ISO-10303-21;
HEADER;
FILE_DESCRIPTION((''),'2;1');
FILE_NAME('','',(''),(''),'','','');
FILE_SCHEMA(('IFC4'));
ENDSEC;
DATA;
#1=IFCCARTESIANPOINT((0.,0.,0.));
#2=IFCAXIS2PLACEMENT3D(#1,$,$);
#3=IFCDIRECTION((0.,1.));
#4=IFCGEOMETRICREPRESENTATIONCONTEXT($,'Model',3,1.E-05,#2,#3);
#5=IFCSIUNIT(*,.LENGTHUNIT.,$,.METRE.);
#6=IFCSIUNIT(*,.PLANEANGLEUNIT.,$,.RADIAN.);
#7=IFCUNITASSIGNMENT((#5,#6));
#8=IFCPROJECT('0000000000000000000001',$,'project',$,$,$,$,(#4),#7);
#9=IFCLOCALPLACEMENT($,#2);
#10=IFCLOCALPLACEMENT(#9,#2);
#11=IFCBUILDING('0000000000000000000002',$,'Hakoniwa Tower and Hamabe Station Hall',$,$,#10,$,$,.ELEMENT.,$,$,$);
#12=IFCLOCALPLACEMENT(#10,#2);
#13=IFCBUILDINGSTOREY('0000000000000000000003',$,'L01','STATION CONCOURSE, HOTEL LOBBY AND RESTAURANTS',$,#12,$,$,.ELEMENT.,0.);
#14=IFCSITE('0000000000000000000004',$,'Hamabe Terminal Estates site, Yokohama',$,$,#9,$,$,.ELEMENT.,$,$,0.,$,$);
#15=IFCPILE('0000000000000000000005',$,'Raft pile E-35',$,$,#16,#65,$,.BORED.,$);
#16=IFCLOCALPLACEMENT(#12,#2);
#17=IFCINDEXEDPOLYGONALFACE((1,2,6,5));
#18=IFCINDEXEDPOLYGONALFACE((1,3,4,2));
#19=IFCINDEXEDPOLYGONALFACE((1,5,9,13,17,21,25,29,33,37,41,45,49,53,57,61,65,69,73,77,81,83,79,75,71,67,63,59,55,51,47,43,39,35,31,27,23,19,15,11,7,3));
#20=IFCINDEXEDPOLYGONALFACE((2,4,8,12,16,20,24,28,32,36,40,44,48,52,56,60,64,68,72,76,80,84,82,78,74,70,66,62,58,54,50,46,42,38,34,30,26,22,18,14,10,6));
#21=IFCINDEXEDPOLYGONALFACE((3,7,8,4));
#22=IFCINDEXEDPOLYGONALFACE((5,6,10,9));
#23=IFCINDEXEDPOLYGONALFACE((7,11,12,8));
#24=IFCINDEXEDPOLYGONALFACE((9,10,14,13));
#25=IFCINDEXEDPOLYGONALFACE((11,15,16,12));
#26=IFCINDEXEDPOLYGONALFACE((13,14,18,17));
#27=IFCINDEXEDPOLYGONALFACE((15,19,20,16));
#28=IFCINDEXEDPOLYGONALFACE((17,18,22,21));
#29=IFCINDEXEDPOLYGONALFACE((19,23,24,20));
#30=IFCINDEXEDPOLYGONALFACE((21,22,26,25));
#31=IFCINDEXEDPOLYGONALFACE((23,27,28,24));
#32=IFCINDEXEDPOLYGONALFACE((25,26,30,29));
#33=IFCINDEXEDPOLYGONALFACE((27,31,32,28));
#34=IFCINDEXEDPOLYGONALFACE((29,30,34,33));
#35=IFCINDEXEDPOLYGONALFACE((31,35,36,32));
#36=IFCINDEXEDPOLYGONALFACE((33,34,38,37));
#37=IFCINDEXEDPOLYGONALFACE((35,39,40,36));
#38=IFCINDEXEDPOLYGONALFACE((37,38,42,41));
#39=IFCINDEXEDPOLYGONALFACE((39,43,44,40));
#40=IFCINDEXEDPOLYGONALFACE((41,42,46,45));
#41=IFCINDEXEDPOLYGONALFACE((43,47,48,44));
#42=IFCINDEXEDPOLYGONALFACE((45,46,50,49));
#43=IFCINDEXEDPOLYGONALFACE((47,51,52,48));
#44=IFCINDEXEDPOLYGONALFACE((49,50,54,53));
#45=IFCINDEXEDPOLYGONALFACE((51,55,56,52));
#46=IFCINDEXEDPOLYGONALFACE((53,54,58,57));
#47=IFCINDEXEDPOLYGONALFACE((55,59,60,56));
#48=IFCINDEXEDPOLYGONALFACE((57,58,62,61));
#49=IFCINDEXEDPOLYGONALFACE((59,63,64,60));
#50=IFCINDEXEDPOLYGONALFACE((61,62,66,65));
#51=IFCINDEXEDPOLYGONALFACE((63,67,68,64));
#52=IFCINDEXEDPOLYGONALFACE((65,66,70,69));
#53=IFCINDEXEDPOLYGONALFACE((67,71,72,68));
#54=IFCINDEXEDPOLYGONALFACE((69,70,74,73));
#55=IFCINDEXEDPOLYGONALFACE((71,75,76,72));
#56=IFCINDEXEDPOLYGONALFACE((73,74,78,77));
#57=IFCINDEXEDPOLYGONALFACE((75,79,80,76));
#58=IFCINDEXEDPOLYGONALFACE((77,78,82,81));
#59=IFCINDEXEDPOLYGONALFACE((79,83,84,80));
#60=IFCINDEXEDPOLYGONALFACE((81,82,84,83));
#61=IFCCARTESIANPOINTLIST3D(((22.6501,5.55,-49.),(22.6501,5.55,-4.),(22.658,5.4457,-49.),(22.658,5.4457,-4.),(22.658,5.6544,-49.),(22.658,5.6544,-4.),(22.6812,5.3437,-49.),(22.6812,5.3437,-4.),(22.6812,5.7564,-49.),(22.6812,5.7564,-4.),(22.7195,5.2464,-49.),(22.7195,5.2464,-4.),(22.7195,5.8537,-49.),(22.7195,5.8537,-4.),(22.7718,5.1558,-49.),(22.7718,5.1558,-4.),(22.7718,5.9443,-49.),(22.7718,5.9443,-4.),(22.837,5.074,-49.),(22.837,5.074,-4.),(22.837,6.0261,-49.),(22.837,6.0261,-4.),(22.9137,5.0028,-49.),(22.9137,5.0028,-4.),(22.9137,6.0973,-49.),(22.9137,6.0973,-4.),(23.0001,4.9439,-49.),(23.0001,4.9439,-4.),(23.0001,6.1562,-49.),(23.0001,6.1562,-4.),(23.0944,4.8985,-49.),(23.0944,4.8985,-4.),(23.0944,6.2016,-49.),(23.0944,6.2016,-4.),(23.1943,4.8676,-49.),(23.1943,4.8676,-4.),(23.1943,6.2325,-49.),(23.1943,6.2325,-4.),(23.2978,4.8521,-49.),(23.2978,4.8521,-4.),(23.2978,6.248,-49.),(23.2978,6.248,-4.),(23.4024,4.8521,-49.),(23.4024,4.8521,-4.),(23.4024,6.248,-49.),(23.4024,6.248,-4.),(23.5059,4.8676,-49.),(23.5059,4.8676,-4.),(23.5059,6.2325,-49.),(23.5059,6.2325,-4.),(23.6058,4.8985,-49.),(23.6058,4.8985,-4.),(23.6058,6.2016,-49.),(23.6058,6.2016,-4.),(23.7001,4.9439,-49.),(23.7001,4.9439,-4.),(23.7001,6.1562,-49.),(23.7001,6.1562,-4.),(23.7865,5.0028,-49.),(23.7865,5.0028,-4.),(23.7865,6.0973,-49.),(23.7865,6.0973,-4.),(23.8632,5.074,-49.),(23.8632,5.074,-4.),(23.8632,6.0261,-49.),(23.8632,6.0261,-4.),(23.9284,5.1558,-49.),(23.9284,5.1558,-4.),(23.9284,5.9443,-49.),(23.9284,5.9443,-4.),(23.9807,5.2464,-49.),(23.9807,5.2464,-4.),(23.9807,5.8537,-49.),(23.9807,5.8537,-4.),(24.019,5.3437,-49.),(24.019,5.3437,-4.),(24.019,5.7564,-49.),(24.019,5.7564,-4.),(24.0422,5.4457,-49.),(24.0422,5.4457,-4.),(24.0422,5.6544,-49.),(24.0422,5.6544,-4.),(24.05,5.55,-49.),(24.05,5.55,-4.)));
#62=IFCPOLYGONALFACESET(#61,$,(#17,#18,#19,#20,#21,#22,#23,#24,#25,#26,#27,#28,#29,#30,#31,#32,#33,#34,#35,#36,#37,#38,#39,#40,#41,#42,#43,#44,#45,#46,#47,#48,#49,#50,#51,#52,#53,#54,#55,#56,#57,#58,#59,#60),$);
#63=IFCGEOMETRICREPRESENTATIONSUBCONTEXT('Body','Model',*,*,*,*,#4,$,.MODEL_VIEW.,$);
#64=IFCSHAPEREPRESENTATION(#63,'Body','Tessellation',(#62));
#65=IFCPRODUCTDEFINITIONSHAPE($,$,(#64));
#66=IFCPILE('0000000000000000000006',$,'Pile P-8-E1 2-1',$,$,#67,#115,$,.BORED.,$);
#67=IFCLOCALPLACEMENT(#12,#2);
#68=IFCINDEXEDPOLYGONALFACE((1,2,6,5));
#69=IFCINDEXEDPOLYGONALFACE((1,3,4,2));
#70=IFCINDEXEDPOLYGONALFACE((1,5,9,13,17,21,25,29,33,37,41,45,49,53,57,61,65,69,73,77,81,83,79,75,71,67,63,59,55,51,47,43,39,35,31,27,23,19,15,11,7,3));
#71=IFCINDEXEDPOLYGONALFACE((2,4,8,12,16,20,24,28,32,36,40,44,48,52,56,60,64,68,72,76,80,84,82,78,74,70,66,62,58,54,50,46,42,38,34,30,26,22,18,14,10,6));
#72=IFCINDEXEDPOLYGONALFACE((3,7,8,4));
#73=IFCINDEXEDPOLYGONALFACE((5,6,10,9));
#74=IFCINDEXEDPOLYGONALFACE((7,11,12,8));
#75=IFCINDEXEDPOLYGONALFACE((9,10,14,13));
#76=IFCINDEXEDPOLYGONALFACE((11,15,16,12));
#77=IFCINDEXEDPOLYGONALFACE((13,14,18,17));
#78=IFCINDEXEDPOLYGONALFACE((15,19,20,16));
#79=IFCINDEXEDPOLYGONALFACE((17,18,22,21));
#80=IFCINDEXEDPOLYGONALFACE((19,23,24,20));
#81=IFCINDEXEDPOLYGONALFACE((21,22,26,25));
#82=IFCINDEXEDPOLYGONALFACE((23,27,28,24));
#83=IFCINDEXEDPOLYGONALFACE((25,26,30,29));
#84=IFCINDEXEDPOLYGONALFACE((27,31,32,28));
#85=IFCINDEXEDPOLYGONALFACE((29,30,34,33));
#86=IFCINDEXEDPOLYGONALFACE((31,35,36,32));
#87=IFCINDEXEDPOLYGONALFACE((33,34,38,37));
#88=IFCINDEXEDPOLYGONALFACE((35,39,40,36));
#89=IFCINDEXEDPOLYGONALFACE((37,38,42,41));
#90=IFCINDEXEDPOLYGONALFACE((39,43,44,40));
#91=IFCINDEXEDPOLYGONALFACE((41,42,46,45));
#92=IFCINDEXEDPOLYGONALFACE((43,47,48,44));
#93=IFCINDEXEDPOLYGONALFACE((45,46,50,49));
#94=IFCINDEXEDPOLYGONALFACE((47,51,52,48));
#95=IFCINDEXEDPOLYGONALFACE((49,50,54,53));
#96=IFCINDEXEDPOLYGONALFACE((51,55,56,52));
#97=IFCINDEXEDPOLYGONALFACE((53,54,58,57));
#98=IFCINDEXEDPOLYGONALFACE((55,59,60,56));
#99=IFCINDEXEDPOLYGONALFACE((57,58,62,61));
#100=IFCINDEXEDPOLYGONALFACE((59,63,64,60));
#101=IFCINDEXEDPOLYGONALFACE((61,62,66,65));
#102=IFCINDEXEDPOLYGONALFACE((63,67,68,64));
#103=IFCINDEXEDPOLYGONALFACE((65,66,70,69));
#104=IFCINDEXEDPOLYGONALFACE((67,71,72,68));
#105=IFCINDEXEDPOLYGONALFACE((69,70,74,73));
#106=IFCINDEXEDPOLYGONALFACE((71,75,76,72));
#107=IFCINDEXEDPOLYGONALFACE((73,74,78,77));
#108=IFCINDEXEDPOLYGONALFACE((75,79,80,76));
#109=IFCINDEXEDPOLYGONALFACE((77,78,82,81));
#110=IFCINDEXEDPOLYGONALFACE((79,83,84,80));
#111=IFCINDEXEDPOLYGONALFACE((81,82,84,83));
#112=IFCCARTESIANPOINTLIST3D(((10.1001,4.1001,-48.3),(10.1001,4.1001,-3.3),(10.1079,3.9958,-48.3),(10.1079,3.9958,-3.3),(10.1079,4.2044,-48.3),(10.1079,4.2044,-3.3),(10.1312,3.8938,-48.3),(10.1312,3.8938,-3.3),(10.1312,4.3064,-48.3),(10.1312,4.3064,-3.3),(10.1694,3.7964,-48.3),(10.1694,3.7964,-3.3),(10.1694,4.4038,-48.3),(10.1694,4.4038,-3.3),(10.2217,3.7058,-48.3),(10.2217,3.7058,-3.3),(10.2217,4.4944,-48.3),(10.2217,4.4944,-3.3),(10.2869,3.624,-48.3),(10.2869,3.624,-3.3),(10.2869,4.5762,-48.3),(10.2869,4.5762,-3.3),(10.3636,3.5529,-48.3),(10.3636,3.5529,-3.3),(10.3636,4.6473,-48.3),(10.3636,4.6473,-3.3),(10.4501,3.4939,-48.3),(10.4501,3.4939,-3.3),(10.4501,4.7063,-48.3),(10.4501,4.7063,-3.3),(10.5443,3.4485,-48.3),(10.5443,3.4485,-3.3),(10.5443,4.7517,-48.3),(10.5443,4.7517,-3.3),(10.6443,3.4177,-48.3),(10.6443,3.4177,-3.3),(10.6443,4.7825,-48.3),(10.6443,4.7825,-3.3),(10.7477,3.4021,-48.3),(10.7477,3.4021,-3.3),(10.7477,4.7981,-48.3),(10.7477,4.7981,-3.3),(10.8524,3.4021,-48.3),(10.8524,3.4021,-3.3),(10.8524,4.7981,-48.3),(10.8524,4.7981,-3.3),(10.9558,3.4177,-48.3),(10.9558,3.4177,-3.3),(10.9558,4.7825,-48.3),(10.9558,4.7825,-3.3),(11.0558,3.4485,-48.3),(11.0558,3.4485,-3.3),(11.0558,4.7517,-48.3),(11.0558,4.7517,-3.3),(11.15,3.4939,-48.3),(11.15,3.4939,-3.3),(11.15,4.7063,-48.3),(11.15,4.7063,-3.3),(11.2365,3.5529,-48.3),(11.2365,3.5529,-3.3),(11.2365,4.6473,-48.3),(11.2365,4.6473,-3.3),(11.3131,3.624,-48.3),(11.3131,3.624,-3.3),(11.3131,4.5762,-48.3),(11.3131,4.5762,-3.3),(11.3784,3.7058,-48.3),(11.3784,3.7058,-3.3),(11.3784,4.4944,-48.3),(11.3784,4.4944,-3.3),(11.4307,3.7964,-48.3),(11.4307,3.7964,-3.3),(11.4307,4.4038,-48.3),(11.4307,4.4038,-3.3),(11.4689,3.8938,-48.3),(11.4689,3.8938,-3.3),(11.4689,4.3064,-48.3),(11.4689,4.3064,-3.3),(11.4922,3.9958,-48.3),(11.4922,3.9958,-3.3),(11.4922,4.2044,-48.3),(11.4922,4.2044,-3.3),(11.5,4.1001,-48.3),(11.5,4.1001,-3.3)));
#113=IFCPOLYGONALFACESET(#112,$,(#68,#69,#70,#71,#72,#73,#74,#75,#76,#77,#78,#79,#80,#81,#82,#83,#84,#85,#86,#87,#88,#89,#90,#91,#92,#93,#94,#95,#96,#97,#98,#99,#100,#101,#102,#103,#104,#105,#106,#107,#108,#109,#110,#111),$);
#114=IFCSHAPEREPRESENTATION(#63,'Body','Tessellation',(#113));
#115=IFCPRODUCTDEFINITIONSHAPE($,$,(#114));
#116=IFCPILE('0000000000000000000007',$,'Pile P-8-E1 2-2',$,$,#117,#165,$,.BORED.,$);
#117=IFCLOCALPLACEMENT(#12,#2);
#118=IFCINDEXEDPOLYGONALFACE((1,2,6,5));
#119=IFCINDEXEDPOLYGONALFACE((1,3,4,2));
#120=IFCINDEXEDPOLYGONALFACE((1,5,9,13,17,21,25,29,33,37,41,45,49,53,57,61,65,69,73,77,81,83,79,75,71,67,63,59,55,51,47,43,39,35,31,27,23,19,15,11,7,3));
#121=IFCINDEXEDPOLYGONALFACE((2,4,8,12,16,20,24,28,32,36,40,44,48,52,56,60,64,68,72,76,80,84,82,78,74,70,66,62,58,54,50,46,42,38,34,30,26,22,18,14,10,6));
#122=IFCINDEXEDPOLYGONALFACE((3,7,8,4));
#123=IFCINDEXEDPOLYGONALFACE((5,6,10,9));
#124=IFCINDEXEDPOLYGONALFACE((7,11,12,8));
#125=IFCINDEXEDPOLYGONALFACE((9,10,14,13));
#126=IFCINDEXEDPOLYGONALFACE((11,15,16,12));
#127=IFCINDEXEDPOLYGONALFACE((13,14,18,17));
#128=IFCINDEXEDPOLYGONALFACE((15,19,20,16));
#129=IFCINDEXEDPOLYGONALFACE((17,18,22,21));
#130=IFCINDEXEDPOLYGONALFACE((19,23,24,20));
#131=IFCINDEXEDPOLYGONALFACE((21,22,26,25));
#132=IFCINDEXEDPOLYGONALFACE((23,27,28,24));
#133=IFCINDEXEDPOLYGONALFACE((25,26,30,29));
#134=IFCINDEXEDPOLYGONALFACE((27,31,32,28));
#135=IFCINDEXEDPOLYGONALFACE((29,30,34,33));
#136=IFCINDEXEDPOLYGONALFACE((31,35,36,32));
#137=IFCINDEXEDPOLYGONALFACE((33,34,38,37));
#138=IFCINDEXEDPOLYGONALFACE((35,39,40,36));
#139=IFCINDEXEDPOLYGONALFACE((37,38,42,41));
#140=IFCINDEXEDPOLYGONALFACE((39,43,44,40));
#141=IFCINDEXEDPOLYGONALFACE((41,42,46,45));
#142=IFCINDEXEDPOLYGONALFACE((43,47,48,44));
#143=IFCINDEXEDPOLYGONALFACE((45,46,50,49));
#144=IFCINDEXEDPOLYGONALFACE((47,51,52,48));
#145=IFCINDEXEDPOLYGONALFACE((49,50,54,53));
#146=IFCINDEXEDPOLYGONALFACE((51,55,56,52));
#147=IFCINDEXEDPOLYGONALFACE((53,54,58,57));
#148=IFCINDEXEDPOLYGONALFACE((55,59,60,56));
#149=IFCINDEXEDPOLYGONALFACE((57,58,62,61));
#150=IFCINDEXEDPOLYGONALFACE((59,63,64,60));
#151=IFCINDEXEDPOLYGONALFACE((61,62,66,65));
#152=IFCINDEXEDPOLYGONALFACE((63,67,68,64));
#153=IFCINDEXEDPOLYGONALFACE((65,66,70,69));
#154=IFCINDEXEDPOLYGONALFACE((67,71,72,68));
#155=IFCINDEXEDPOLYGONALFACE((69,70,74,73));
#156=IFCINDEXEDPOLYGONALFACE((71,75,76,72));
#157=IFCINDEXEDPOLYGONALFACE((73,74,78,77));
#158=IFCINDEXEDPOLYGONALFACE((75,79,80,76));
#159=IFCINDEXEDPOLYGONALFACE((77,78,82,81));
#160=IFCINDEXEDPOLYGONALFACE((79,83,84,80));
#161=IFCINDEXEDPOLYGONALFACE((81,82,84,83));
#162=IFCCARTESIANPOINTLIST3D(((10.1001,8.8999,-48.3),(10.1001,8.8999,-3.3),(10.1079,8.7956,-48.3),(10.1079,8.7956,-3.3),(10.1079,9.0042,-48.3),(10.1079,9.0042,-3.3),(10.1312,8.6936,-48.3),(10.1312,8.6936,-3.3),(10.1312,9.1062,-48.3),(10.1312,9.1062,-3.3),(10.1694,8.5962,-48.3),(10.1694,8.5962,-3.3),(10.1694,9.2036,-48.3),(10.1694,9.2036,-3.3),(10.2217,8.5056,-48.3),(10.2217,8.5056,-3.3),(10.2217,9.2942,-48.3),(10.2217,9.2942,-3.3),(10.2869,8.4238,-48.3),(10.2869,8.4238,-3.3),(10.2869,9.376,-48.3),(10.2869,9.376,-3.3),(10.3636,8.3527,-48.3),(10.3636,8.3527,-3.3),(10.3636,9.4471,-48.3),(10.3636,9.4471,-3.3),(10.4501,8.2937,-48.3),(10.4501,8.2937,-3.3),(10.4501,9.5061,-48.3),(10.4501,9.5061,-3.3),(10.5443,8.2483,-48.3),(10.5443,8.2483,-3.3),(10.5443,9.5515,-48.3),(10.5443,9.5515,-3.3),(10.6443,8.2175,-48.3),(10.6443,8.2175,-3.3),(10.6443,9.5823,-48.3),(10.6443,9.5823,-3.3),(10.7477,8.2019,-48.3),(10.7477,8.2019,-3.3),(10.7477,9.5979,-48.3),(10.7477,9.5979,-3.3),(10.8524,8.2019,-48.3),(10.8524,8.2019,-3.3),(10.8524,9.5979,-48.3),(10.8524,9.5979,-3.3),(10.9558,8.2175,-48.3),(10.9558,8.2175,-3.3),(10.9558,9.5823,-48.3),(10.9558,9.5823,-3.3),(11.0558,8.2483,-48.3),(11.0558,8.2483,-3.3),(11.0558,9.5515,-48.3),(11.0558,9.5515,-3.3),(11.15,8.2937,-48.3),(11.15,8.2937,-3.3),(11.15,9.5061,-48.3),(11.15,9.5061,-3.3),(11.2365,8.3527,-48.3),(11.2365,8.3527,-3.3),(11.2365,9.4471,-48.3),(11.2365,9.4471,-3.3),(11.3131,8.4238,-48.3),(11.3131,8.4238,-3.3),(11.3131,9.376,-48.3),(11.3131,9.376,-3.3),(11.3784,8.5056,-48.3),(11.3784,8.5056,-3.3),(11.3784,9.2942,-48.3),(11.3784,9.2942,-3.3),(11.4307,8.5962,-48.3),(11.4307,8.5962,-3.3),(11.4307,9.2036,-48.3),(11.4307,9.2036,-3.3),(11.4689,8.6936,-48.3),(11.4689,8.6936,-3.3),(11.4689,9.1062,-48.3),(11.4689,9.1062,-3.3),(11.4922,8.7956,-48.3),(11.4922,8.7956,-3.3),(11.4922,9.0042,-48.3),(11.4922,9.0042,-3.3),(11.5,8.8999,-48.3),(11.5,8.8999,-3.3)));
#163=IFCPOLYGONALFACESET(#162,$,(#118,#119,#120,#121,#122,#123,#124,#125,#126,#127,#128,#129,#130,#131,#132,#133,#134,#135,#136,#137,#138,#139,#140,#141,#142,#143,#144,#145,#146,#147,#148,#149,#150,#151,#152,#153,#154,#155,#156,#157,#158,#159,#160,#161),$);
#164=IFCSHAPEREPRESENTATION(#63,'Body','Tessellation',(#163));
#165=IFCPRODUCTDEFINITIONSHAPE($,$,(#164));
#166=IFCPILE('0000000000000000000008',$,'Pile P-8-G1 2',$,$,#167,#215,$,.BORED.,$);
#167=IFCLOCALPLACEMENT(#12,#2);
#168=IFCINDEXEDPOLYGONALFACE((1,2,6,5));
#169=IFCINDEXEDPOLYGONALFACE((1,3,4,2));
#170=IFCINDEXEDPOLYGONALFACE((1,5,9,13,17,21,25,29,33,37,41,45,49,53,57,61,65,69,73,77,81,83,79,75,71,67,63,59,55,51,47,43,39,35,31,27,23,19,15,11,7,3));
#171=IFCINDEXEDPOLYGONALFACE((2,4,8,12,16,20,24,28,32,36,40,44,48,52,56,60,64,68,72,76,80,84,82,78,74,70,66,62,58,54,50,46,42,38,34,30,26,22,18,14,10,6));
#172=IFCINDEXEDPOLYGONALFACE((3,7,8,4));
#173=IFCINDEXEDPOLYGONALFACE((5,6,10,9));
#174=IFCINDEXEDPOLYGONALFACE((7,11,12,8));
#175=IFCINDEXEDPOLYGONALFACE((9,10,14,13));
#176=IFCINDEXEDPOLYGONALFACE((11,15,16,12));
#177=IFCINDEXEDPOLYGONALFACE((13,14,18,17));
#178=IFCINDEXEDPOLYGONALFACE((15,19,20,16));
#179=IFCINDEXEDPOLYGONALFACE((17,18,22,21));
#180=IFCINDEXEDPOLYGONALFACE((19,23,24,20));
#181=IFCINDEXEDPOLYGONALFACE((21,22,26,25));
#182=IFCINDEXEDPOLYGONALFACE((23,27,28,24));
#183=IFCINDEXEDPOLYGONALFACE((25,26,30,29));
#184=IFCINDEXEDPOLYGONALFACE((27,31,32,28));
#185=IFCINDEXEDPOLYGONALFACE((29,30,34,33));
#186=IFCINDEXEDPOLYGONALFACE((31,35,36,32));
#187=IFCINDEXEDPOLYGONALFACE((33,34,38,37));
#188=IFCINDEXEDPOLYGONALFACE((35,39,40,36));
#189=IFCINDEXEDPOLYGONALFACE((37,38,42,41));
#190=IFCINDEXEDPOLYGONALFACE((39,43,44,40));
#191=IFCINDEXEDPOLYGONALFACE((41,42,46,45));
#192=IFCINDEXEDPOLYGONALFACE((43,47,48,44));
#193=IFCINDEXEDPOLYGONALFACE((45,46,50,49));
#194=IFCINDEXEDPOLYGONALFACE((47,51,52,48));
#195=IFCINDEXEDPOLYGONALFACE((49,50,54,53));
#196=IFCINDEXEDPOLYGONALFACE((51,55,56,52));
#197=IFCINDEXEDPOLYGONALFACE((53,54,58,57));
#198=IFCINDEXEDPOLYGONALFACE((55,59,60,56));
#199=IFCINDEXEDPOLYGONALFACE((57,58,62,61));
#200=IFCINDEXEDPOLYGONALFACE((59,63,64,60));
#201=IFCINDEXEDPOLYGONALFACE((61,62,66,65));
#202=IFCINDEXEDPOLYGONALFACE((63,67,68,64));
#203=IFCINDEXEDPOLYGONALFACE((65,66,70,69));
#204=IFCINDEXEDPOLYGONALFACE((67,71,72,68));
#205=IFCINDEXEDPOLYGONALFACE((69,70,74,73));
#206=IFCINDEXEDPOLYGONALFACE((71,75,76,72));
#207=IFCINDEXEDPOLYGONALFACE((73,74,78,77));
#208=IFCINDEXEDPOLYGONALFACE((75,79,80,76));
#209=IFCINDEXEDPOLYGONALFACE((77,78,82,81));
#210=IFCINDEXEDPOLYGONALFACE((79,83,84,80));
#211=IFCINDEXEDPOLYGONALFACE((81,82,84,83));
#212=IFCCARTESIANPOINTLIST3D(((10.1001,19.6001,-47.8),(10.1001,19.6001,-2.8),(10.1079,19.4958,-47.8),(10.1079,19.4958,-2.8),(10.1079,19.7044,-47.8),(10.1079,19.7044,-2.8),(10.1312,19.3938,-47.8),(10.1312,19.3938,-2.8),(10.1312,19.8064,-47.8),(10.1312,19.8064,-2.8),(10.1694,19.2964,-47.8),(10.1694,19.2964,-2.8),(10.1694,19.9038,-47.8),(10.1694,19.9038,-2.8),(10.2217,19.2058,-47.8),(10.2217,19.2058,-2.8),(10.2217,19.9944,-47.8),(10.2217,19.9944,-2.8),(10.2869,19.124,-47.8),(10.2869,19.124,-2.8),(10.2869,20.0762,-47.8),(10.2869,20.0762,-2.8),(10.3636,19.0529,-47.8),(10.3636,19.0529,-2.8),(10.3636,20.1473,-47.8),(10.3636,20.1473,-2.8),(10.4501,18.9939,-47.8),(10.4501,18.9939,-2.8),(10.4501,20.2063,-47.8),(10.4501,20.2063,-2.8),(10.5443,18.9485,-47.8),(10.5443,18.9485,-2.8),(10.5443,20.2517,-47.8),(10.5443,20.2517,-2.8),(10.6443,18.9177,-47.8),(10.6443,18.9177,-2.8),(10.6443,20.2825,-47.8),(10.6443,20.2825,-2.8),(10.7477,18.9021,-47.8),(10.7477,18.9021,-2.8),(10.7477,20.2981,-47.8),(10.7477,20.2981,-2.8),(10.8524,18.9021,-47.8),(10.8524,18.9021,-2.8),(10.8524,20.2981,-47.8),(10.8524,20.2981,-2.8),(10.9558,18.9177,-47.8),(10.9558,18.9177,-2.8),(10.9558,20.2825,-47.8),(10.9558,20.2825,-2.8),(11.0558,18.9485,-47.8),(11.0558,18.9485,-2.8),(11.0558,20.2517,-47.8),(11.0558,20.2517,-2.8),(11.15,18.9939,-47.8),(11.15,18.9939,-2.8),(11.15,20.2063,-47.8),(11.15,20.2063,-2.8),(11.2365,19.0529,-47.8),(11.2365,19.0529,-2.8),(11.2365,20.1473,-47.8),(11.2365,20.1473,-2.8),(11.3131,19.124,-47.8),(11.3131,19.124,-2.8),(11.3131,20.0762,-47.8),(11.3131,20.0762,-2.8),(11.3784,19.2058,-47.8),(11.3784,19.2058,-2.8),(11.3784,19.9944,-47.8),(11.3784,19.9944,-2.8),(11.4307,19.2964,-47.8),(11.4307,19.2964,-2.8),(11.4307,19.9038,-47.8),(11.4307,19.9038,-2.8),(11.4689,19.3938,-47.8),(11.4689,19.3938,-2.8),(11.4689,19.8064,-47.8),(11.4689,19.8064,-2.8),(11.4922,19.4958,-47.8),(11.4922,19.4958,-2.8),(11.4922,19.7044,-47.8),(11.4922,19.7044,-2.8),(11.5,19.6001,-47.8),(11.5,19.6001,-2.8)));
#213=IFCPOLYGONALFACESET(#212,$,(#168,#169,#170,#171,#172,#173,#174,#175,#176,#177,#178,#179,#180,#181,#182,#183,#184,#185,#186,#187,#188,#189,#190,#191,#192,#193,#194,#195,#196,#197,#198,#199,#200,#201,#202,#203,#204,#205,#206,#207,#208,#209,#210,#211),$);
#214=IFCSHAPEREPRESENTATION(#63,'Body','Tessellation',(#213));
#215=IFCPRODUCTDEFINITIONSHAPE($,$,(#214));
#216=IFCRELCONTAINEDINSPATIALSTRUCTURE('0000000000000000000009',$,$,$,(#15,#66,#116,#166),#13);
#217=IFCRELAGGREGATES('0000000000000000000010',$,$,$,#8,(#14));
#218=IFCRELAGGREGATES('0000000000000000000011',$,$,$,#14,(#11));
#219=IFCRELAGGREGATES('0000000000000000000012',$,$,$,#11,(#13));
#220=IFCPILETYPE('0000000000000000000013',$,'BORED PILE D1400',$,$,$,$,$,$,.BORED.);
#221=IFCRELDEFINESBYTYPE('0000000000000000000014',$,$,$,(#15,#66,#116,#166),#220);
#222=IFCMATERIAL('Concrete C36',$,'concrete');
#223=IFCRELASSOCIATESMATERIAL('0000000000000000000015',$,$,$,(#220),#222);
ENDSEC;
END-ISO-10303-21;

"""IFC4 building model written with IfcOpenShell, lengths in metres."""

from ifc_helpers import new_model, si_unit, direction, frame, origin, origin_2d, place, context, subcontext, project, spatial, circle, extrude, material, material_profile, profile_set, type_object, element, save


model = new_model("IFC4")

# Units and contexts
model_context = context("Model", 3, precision=1e-05, world=origin(), true_north=direction((0.0, 1.0)))
body_context = subcontext(model_context, "Body", "Model", "MODEL_VIEW")
ifc_project = project(units=[si_unit("LENGTHUNIT", "METRE"), si_unit("PLANEANGLEUNIT", "RADIAN")], contexts=[model_context])

# Site, building, storey
site_placement = place(None, origin())
site = spatial("IfcSite", under=ifc_project, at=site_placement, Name="Hamabe Terminal Estates site, Yokohama", CompositionType="ELEMENT", RefElevation=0.0)
building_placement = place(site_placement, origin())
building = spatial("IfcBuilding", under=site, at=building_placement, Name="Hakoniwa Tower and Hamabe Station Hall", CompositionType="ELEMENT")
storey_placement = place(building_placement, origin())
storey = spatial("IfcBuildingStorey", under=building, at=storey_placement, Name="L01", Description="STATION CONCOURSE, HOTEL LOBBY AND RESTAURANTS", CompositionType="ELEMENT", Elevation=0.0)

# Piles
ifc_material_1 = material(Name="Concrete C36", Category="concrete")
ifc_material_profile_1 = material_profile(ifc_material_1, circle(Radius=0.7, at=origin_2d()), Name="BORED PILE D1400")
ifc_profile_set_1 = profile_set([ifc_material_profile_1], Name="Concrete C36")
pile_type = type_object("IfcPileType", Name="BORED PILE D1400", PredefinedType="BORED", material=ifc_profile_set_1)
for number, where, z_axis, x_axis, name in (
    (1, (23.3501, 5.55, -4.0), (0.0, 0.0, -1.0), (1.0, 0.0, 0.0), "Raft pile E-35"),
    (2, (10.8, 4.1001, -3.3), (0.0, 0.0, -1.0), (1.0, 0.0, 0.0), "Pile P-8-E1 2-1"),
    (3, (10.8, 8.8999, -3.3), (0.0, 0.0, -1.0), (1.0, 0.0, 0.0), "Pile P-8-E1 2-2"),
    (4, (10.8, 19.6001, -2.8), (0.0, 0.0, -1.0), (1.0, 0.0, 0.0), "Pile P-8-G1 2"),
):
    element("IfcPile", number, at=place(storey_placement, frame(where, z_axis=z_axis, x_axis=x_axis)), inside=storey, type_object=pile_type, Name=name, PredefinedType="BORED", context=body_context, shape_type="SweptSolid", body=[
        extrude(circle(Radius=0.7, at=origin_2d()), origin(), (0.0, 0.0, 1.0), 45.0),
    ])

save(model, "model.ifc")
